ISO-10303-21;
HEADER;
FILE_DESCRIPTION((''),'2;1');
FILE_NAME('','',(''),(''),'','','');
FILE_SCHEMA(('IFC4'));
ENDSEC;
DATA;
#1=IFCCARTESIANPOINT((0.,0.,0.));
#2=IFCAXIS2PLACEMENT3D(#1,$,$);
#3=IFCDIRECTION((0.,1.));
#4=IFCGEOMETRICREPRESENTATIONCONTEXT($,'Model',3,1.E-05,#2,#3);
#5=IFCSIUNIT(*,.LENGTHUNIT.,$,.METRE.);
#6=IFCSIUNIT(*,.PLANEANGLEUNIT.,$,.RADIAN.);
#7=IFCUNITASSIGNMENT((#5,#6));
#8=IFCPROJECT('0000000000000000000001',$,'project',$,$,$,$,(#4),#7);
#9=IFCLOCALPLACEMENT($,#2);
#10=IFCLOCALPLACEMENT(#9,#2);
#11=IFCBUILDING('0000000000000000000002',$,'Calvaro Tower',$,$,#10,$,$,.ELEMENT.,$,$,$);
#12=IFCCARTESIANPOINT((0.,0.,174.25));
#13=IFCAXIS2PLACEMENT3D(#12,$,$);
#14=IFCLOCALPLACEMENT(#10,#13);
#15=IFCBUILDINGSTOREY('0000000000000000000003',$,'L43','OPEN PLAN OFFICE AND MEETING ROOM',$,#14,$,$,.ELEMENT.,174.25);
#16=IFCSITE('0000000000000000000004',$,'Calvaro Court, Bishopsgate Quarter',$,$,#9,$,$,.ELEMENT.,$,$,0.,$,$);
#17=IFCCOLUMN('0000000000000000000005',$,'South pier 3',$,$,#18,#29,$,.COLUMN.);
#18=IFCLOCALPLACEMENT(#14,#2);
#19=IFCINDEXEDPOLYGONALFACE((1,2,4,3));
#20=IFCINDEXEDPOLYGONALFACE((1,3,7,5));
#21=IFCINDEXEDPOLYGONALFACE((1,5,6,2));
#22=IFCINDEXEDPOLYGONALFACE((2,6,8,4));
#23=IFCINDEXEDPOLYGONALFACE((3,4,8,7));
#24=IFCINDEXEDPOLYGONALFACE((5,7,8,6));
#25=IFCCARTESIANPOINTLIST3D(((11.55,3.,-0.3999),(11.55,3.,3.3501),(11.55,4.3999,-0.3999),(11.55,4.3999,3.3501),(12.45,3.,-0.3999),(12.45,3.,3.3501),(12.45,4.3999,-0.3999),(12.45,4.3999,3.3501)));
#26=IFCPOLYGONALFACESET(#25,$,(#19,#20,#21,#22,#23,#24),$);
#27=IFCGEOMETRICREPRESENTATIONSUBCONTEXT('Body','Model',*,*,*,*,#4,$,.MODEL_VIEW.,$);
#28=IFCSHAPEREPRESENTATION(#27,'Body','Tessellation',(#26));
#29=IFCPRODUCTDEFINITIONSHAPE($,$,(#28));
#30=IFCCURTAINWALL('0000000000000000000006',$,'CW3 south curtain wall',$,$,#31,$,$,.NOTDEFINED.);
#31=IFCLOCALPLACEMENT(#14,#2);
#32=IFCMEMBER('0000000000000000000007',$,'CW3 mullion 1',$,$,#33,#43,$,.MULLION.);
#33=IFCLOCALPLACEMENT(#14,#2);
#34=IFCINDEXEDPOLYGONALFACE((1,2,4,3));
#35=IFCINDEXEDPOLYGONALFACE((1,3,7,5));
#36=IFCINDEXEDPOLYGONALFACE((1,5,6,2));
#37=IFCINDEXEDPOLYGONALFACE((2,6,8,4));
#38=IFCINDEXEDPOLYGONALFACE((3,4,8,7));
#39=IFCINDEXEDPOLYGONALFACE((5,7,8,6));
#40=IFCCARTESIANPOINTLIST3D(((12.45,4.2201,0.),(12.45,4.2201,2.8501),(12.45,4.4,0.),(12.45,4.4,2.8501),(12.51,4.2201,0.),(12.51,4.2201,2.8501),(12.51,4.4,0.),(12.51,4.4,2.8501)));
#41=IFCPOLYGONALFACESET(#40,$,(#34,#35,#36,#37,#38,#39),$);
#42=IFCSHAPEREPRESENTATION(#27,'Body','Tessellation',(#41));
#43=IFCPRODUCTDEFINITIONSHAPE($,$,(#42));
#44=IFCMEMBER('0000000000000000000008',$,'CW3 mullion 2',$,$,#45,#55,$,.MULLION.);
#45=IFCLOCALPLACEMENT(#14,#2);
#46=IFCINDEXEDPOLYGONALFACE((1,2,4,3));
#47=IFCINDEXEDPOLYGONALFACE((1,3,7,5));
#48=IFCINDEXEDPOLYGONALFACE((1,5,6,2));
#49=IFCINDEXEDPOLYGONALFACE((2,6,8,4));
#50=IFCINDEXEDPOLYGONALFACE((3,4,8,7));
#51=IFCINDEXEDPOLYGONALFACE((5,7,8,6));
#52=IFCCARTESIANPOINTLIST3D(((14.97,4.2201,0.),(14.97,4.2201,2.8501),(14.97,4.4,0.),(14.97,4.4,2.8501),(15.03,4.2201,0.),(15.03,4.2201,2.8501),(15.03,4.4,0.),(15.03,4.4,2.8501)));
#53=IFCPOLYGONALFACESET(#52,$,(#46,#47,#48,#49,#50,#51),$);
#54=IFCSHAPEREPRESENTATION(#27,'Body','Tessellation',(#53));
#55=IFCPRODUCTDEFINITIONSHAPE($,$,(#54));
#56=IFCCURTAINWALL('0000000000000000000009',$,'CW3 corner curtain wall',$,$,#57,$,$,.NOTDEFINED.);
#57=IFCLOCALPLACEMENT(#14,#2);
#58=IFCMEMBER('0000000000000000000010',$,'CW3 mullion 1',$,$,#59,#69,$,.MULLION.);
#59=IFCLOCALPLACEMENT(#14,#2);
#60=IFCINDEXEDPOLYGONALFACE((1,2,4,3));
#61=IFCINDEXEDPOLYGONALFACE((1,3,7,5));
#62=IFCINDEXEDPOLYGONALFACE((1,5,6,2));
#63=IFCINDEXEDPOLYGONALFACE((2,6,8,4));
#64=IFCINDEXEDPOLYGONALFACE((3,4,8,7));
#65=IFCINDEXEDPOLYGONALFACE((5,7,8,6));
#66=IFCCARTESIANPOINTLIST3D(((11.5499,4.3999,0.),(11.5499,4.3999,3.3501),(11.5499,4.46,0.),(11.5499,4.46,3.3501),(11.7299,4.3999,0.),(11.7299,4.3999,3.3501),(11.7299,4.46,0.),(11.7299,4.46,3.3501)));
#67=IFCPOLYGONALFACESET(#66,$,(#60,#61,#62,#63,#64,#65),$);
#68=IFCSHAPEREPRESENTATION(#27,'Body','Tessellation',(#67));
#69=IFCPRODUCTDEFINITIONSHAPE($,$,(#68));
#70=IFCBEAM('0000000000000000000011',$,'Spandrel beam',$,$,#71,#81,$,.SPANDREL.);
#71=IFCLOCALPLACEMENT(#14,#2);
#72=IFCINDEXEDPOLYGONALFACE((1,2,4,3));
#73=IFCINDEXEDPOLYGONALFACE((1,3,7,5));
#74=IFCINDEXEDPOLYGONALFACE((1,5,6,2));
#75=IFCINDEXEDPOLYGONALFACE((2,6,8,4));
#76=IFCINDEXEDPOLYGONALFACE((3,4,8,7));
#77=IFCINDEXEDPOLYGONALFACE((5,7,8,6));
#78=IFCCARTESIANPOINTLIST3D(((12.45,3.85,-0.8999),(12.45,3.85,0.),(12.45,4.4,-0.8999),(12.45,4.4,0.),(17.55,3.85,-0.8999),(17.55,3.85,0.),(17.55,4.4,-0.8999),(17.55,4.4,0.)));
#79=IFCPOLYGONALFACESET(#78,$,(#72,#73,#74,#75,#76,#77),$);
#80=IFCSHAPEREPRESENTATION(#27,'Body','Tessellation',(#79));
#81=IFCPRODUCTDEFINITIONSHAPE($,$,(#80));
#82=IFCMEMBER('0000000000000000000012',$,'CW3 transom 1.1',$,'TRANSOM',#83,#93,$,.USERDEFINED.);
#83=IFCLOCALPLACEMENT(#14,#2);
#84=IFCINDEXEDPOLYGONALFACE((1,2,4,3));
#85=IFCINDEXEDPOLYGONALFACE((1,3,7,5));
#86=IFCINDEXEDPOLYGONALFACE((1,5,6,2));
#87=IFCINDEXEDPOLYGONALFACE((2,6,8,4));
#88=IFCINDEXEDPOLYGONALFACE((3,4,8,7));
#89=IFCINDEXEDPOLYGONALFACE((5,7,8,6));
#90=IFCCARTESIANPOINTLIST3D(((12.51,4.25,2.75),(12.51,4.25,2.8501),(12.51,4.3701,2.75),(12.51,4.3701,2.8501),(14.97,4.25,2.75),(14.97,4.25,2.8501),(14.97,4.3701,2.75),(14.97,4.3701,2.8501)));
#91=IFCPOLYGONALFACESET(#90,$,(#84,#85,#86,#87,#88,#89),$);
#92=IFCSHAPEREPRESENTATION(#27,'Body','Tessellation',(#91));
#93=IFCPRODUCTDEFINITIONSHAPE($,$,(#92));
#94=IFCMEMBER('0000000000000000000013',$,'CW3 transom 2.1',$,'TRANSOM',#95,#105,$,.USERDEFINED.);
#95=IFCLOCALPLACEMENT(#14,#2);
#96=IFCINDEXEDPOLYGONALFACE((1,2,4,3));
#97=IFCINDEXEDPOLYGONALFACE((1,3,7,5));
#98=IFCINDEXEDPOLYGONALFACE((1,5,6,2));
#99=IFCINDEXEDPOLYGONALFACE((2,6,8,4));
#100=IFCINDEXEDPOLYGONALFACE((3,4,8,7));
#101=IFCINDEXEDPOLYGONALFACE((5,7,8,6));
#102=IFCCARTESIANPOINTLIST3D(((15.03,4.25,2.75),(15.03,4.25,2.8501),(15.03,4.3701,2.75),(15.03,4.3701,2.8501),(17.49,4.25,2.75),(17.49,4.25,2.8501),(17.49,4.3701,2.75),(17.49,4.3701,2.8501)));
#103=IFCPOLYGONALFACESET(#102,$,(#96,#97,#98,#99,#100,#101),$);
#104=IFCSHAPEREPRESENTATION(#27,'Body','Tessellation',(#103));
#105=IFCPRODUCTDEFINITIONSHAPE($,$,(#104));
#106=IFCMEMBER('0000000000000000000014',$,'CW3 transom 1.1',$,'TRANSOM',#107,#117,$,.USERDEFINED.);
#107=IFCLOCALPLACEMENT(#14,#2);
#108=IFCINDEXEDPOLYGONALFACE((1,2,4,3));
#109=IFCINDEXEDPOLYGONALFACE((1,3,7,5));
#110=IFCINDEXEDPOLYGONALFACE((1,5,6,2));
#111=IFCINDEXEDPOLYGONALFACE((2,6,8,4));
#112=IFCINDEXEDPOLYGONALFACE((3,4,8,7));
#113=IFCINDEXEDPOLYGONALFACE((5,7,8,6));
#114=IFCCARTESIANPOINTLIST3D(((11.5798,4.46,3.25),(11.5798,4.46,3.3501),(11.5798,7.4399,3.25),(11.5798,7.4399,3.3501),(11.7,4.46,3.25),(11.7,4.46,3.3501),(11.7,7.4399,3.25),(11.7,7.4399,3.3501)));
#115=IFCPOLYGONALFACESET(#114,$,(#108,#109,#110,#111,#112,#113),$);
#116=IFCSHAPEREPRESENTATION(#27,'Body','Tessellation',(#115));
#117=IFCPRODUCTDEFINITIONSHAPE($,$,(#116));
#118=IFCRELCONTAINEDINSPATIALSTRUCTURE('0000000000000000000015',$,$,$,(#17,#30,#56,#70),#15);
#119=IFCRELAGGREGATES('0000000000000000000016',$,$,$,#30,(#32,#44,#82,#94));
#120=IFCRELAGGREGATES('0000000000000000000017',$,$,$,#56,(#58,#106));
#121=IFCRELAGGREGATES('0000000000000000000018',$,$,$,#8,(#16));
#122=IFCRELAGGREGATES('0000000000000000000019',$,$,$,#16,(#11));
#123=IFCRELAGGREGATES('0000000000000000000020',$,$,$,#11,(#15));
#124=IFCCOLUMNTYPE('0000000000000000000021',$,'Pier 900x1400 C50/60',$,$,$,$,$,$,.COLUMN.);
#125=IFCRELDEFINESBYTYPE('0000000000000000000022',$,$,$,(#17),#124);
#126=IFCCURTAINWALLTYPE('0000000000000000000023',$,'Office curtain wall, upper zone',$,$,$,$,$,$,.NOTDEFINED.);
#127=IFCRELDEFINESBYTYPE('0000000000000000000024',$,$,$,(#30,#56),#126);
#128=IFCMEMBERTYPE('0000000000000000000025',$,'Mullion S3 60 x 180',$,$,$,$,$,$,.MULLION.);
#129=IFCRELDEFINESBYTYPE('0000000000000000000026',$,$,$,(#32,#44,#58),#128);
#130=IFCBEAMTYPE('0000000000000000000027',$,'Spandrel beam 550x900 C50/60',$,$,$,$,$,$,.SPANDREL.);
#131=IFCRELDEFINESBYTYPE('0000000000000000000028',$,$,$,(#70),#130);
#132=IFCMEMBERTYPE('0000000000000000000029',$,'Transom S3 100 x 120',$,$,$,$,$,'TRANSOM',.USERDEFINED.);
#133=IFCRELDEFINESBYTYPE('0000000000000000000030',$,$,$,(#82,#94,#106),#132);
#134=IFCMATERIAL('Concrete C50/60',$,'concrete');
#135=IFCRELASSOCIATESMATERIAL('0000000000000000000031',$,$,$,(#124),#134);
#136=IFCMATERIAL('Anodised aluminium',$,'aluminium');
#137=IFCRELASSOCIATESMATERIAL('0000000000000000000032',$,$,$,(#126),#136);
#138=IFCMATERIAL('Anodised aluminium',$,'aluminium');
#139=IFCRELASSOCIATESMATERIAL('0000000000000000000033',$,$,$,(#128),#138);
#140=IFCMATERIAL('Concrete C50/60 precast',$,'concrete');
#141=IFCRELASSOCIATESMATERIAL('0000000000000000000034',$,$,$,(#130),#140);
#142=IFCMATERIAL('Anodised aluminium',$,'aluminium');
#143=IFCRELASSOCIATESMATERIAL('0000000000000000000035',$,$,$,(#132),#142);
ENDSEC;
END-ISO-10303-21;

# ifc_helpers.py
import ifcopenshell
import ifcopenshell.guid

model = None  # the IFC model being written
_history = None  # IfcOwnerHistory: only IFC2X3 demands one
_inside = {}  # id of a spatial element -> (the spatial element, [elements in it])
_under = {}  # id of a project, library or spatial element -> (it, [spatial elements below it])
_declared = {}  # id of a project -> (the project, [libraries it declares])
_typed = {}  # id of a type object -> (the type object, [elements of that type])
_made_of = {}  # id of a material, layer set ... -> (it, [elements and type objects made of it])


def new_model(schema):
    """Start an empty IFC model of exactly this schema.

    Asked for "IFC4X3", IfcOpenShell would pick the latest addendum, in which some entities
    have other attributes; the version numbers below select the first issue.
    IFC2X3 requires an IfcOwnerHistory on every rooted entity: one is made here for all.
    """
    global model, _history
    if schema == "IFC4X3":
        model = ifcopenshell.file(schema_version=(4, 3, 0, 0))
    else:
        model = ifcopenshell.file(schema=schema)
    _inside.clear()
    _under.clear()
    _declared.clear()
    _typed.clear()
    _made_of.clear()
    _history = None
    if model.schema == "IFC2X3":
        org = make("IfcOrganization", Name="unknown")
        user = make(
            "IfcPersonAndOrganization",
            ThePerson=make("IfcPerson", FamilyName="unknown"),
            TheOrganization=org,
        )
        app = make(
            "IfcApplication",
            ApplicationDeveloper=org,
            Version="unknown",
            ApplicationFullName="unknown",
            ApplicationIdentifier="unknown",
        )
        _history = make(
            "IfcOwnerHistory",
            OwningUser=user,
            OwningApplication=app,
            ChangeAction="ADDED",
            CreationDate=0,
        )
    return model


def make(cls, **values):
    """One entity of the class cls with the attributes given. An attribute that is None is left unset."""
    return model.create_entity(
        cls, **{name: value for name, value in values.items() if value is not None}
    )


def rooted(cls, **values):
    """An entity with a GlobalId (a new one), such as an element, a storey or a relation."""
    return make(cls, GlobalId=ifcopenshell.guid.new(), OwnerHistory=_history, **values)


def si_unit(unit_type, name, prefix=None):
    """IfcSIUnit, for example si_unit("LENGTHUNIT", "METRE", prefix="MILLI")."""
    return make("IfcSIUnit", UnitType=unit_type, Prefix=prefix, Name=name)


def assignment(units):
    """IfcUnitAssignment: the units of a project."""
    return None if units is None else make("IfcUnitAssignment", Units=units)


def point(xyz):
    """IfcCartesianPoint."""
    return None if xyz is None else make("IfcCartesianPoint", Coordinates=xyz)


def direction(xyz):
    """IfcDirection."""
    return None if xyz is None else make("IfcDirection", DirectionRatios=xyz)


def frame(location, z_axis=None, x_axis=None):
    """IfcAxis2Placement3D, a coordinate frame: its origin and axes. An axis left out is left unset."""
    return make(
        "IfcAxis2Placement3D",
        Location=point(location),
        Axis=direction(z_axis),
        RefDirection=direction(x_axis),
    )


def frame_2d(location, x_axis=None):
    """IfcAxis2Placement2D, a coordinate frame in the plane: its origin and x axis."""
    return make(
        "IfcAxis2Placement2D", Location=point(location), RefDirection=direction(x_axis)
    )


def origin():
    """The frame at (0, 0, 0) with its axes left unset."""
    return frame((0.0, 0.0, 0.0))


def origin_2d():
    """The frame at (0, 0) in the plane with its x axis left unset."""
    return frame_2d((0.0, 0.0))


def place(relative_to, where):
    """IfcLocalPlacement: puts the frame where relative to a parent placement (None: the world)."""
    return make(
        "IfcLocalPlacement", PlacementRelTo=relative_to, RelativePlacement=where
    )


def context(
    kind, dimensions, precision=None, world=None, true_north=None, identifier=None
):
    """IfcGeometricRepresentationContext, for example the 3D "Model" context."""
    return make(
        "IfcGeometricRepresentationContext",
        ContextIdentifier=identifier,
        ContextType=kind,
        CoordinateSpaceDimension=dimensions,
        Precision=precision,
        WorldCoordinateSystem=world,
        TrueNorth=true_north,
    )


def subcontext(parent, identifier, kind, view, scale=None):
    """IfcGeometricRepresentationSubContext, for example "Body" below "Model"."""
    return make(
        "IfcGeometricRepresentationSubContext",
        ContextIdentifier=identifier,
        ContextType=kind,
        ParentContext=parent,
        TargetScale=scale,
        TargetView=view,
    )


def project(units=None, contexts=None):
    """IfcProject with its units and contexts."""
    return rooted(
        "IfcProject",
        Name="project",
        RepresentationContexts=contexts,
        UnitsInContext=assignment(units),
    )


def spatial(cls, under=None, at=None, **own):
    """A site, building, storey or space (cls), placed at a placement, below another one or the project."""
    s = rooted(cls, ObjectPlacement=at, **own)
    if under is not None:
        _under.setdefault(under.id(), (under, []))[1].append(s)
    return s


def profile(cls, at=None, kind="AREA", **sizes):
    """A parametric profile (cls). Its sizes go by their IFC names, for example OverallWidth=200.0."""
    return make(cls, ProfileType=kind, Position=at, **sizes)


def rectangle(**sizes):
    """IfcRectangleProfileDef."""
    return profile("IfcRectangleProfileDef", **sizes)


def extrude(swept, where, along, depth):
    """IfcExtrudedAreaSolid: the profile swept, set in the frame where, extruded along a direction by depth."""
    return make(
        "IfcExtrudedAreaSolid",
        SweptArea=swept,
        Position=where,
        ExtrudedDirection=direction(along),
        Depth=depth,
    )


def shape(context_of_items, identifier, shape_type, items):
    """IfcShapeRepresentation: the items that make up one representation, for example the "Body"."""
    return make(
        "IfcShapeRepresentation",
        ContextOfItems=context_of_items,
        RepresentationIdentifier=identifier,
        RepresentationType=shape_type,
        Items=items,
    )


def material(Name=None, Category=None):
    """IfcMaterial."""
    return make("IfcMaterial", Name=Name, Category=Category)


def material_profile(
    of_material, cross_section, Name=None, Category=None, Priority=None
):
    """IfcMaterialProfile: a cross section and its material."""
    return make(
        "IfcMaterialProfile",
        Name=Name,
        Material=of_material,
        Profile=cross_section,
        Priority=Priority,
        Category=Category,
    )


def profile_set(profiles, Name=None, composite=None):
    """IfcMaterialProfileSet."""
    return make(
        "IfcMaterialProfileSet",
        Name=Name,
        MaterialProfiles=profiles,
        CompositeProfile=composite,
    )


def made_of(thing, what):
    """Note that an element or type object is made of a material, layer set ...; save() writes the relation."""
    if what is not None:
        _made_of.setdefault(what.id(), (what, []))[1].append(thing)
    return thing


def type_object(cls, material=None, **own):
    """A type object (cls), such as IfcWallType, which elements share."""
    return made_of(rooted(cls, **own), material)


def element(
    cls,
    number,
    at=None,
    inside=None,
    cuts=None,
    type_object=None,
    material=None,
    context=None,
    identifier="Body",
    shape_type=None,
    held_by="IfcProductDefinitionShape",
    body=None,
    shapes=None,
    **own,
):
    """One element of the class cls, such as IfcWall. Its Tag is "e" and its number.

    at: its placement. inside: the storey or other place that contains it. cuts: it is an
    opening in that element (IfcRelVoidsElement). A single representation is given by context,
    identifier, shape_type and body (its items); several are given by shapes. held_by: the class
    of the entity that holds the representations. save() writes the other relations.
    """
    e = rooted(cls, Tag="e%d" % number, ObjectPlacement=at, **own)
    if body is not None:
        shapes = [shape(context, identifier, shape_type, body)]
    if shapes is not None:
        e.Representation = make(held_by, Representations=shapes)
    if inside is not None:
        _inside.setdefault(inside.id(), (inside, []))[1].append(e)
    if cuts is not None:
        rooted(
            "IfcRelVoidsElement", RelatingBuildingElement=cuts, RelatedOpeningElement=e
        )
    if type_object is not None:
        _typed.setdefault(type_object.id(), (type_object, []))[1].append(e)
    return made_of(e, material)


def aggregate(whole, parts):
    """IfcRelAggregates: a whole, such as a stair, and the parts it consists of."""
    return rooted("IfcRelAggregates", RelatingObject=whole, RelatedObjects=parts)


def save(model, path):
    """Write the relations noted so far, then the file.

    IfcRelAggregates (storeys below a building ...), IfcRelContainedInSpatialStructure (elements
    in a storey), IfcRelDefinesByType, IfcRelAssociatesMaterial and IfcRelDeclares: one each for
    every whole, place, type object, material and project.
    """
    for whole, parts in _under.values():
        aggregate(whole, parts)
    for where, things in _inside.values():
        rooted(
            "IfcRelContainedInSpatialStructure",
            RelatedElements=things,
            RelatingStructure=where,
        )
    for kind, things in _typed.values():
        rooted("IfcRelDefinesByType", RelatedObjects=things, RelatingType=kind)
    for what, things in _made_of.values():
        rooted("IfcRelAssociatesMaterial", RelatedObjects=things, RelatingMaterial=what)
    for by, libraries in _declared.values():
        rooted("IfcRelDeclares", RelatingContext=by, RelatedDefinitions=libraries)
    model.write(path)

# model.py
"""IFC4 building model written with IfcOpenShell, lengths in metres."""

from ifc_helpers import new_model, si_unit, direction, frame, origin, origin_2d, place, context, subcontext, project, spatial, rectangle, extrude, material, material_profile, profile_set, type_object, element, aggregate, save


model = new_model("IFC4")

# Units and contexts
model_context = context("Model", 3, precision=1e-05, world=origin(), true_north=direction((0.0, 1.0)))
body_context = subcontext(model_context, "Body", "Model", "MODEL_VIEW")
ifc_project = project(units=[si_unit("LENGTHUNIT", "METRE"), si_unit("PLANEANGLEUNIT", "RADIAN")], contexts=[model_context])

# Site, building, storey
site_placement = place(None, origin())
site = spatial("IfcSite", under=ifc_project, at=site_placement, Name="Calvaro Court, Bishopsgate Quarter", CompositionType="ELEMENT", RefElevation=0.0)
building_placement = place(site_placement, origin())
building = spatial("IfcBuilding", under=site, at=building_placement, Name="Calvaro Tower", CompositionType="ELEMENT")
storey_placement = place(building_placement, frame((0.0, 0.0, 174.25)))
storey = spatial("IfcBuildingStorey", under=building, at=storey_placement, Name="L43", Description="OPEN PLAN OFFICE AND MEETING ROOM", CompositionType="ELEMENT", Elevation=174.25)

# Column
ifc_material_1 = material(Name="Concrete C50/60", Category="concrete")
ifc_material_profile_1 = material_profile(ifc_material_1, rectangle(XDim=0.8999, YDim=1.3999, at=origin_2d()), Name="RC 900x1400")
ifc_profile_set_1 = profile_set([ifc_material_profile_1], Name="Concrete C50/60")
column_type = type_object("IfcColumnType", Name="Pier 900x1400 C50/60", PredefinedType="COLUMN", material=ifc_profile_set_1)
column_placement = place(storey_placement, frame((12.0, 3.7, -0.3999), z_axis=(0.0, 0.0, 1.0), x_axis=(1.0, 0.0, 0.0)))
element("IfcColumn", 1, at=column_placement, inside=storey, type_object=column_type, Name="South pier 3", PredefinedType="COLUMN", context=body_context, shape_type="SweptSolid", body=[
    extrude(rectangle(XDim=0.8999, YDim=1.3999, at=origin_2d()), origin(), (0.0, 0.0, 1.0), 3.75),
])

# Curtain wall, members
ifc_material_2 = material(Name="Anodised aluminium", Category="aluminium")
curtain_wall_type = type_object("IfcCurtainWallType", Name="Office curtain wall, upper zone", PredefinedType="NOTDEFINED", material=ifc_material_2)
curtain_wall_1_placement = place(storey_placement, origin())
curtain_wall_1 = element("IfcCurtainWall", 2, at=curtain_wall_1_placement, inside=storey, type_object=curtain_wall_type, Name="CW3 south curtain wall", PredefinedType="NOTDEFINED")
ifc_material_3 = material(Name="Anodised aluminium", Category="aluminium")
ifc_material_profile_2 = material_profile(ifc_material_3, rectangle(XDim=0.1799, YDim=0.0601, at=origin_2d()), Name="Mullion S3 60 x 180")
ifc_profile_set_2 = profile_set([ifc_material_profile_2], Name="Anodised aluminium")
member_type_1 = type_object("IfcMemberType", Name="Mullion S3 60 x 180", PredefinedType="MULLION", material=ifc_profile_set_2)
member_1_placement = place(storey_placement, frame((12.48, 4.3101, 0.0), z_axis=(0.0, 0.0, 1.0), x_axis=(0.0, 1.0, 0.0)))
member_1 = element("IfcMember", 3, at=member_1_placement, type_object=member_type_1, Name="CW3 mullion 1", PredefinedType="MULLION", context=body_context, shape_type="SweptSolid", body=[
    extrude(rectangle(XDim=0.1799, YDim=0.0601, at=origin_2d()), origin(), (0.0, 0.0, 1.0), 2.8501),
])
member_2_placement = place(storey_placement, frame((15.0, 4.3101, 0.0), z_axis=(0.0, 0.0, 1.0), x_axis=(0.0, 1.0, 0.0)))
member_2 = element("IfcMember", 4, at=member_2_placement, type_object=member_type_1, Name="CW3 mullion 2", PredefinedType="MULLION", context=body_context, shape_type="SweptSolid", body=[
    extrude(rectangle(XDim=0.1799, YDim=0.0601, at=origin_2d()), origin(), (0.0, 0.0, 1.0), 2.8501),
])

# Curtain wall, member
curtain_wall_2_placement = place(storey_placement, origin())
curtain_wall_2 = element("IfcCurtainWall", 5, at=curtain_wall_2_placement, inside=storey, type_object=curtain_wall_type, Name="CW3 corner curtain wall", PredefinedType="NOTDEFINED")
member_3_placement = place(storey_placement, frame((11.6399, 4.4299, 0.0), z_axis=(0.0, 0.0, 1.0), x_axis=(-1.0, 0.0, 0.0)))
member_3 = element("IfcMember", 6, at=member_3_placement, type_object=member_type_1, Name="CW3 mullion 1", PredefinedType="MULLION", context=body_context, shape_type="SweptSolid", body=[
    extrude(rectangle(XDim=0.1799, YDim=0.0601, at=origin_2d()), origin(), (0.0, 0.0, 1.0), 3.3501),
])

# Beam
ifc_material_4 = material(Name="Concrete C50/60 precast", Category="concrete")
ifc_material_profile_3 = material_profile(ifc_material_4, rectangle(XDim=0.55, YDim=0.8999, at=origin_2d()), Name="RC 550x900")
ifc_profile_set_3 = profile_set([ifc_material_profile_3], Name="Concrete C50/60 precast")
beam_type = type_object("IfcBeamType", Name="Spandrel beam 550x900 C50/60", PredefinedType="SPANDREL", material=ifc_profile_set_3)
beam_placement = place(storey_placement, frame((12.45, 4.125, -0.45), z_axis=(1.0, 0.0, 0.0), x_axis=(0.0, 1.0, 0.0)))
element("IfcBeam", 7, at=beam_placement, inside=storey, type_object=beam_type, Name="Spandrel beam", PredefinedType="SPANDREL", context=body_context, shape_type="SweptSolid", body=[
    extrude(rectangle(XDim=0.55, YDim=0.8999, at=origin_2d()), origin(), (0.0, 0.0, 1.0), 5.1001),
])

# Members
ifc_material_5 = material(Name="Anodised aluminium", Category="aluminium")
ifc_material_profile_4 = material_profile(ifc_material_5, rectangle(XDim=0.1201, YDim=0.1001, at=origin_2d()), Name="Transom S3 100 x 120")
ifc_profile_set_4 = profile_set([ifc_material_profile_4], Name="Anodised aluminium")
member_type_2 = type_object("IfcMemberType", Name="Transom S3 100 x 120", ElementType="TRANSOM", PredefinedType="USERDEFINED", material=ifc_profile_set_4)
member_4_placement = place(storey_placement, frame((12.51, 4.3101, 2.8), z_axis=(1.0, 0.0, 0.0), x_axis=(0.0, 1.0, 0.0)))
member_4 = element("IfcMember", 8, at=member_4_placement, type_object=member_type_2, Name="CW3 transom 1.1", ObjectType="TRANSOM", PredefinedType="USERDEFINED", context=body_context, shape_type="SweptSolid", body=[
    extrude(rectangle(XDim=0.1201, YDim=0.1001, at=origin_2d()), origin(), (0.0, 0.0, 1.0), 2.46),
])
member_5_placement = place(storey_placement, frame((15.03, 4.3101, 2.8), z_axis=(1.0, 0.0, 0.0), x_axis=(0.0, 1.0, 0.0)))
member_5 = element("IfcMember", 9, at=member_5_placement, type_object=member_type_2, Name="CW3 transom 2.1", ObjectType="TRANSOM", PredefinedType="USERDEFINED", context=body_context, shape_type="SweptSolid", body=[
    extrude(rectangle(XDim=0.1201, YDim=0.1001, at=origin_2d()), origin(), (0.0, 0.0, 1.0), 2.46),
])
member_6_placement = place(storey_placement, frame((11.6399, 4.46, 3.3), z_axis=(0.0, 1.0, 0.0), x_axis=(-1.0, 0.0, 0.0)))
member_6 = element("IfcMember", 10, at=member_6_placement, type_object=member_type_2, Name="CW3 transom 1.1", ObjectType="TRANSOM", PredefinedType="USERDEFINED", context=body_context, shape_type="SweptSolid", body=[
    extrude(rectangle(XDim=0.1201, YDim=0.1001, at=origin_2d()), origin(), (0.0, 0.0, 1.0), 2.98),
])

aggregate(curtain_wall_1, [member_1, member_2, member_4, member_5])
aggregate(curtain_wall_2, [member_3, member_6])

save(model, "model.ifc")
